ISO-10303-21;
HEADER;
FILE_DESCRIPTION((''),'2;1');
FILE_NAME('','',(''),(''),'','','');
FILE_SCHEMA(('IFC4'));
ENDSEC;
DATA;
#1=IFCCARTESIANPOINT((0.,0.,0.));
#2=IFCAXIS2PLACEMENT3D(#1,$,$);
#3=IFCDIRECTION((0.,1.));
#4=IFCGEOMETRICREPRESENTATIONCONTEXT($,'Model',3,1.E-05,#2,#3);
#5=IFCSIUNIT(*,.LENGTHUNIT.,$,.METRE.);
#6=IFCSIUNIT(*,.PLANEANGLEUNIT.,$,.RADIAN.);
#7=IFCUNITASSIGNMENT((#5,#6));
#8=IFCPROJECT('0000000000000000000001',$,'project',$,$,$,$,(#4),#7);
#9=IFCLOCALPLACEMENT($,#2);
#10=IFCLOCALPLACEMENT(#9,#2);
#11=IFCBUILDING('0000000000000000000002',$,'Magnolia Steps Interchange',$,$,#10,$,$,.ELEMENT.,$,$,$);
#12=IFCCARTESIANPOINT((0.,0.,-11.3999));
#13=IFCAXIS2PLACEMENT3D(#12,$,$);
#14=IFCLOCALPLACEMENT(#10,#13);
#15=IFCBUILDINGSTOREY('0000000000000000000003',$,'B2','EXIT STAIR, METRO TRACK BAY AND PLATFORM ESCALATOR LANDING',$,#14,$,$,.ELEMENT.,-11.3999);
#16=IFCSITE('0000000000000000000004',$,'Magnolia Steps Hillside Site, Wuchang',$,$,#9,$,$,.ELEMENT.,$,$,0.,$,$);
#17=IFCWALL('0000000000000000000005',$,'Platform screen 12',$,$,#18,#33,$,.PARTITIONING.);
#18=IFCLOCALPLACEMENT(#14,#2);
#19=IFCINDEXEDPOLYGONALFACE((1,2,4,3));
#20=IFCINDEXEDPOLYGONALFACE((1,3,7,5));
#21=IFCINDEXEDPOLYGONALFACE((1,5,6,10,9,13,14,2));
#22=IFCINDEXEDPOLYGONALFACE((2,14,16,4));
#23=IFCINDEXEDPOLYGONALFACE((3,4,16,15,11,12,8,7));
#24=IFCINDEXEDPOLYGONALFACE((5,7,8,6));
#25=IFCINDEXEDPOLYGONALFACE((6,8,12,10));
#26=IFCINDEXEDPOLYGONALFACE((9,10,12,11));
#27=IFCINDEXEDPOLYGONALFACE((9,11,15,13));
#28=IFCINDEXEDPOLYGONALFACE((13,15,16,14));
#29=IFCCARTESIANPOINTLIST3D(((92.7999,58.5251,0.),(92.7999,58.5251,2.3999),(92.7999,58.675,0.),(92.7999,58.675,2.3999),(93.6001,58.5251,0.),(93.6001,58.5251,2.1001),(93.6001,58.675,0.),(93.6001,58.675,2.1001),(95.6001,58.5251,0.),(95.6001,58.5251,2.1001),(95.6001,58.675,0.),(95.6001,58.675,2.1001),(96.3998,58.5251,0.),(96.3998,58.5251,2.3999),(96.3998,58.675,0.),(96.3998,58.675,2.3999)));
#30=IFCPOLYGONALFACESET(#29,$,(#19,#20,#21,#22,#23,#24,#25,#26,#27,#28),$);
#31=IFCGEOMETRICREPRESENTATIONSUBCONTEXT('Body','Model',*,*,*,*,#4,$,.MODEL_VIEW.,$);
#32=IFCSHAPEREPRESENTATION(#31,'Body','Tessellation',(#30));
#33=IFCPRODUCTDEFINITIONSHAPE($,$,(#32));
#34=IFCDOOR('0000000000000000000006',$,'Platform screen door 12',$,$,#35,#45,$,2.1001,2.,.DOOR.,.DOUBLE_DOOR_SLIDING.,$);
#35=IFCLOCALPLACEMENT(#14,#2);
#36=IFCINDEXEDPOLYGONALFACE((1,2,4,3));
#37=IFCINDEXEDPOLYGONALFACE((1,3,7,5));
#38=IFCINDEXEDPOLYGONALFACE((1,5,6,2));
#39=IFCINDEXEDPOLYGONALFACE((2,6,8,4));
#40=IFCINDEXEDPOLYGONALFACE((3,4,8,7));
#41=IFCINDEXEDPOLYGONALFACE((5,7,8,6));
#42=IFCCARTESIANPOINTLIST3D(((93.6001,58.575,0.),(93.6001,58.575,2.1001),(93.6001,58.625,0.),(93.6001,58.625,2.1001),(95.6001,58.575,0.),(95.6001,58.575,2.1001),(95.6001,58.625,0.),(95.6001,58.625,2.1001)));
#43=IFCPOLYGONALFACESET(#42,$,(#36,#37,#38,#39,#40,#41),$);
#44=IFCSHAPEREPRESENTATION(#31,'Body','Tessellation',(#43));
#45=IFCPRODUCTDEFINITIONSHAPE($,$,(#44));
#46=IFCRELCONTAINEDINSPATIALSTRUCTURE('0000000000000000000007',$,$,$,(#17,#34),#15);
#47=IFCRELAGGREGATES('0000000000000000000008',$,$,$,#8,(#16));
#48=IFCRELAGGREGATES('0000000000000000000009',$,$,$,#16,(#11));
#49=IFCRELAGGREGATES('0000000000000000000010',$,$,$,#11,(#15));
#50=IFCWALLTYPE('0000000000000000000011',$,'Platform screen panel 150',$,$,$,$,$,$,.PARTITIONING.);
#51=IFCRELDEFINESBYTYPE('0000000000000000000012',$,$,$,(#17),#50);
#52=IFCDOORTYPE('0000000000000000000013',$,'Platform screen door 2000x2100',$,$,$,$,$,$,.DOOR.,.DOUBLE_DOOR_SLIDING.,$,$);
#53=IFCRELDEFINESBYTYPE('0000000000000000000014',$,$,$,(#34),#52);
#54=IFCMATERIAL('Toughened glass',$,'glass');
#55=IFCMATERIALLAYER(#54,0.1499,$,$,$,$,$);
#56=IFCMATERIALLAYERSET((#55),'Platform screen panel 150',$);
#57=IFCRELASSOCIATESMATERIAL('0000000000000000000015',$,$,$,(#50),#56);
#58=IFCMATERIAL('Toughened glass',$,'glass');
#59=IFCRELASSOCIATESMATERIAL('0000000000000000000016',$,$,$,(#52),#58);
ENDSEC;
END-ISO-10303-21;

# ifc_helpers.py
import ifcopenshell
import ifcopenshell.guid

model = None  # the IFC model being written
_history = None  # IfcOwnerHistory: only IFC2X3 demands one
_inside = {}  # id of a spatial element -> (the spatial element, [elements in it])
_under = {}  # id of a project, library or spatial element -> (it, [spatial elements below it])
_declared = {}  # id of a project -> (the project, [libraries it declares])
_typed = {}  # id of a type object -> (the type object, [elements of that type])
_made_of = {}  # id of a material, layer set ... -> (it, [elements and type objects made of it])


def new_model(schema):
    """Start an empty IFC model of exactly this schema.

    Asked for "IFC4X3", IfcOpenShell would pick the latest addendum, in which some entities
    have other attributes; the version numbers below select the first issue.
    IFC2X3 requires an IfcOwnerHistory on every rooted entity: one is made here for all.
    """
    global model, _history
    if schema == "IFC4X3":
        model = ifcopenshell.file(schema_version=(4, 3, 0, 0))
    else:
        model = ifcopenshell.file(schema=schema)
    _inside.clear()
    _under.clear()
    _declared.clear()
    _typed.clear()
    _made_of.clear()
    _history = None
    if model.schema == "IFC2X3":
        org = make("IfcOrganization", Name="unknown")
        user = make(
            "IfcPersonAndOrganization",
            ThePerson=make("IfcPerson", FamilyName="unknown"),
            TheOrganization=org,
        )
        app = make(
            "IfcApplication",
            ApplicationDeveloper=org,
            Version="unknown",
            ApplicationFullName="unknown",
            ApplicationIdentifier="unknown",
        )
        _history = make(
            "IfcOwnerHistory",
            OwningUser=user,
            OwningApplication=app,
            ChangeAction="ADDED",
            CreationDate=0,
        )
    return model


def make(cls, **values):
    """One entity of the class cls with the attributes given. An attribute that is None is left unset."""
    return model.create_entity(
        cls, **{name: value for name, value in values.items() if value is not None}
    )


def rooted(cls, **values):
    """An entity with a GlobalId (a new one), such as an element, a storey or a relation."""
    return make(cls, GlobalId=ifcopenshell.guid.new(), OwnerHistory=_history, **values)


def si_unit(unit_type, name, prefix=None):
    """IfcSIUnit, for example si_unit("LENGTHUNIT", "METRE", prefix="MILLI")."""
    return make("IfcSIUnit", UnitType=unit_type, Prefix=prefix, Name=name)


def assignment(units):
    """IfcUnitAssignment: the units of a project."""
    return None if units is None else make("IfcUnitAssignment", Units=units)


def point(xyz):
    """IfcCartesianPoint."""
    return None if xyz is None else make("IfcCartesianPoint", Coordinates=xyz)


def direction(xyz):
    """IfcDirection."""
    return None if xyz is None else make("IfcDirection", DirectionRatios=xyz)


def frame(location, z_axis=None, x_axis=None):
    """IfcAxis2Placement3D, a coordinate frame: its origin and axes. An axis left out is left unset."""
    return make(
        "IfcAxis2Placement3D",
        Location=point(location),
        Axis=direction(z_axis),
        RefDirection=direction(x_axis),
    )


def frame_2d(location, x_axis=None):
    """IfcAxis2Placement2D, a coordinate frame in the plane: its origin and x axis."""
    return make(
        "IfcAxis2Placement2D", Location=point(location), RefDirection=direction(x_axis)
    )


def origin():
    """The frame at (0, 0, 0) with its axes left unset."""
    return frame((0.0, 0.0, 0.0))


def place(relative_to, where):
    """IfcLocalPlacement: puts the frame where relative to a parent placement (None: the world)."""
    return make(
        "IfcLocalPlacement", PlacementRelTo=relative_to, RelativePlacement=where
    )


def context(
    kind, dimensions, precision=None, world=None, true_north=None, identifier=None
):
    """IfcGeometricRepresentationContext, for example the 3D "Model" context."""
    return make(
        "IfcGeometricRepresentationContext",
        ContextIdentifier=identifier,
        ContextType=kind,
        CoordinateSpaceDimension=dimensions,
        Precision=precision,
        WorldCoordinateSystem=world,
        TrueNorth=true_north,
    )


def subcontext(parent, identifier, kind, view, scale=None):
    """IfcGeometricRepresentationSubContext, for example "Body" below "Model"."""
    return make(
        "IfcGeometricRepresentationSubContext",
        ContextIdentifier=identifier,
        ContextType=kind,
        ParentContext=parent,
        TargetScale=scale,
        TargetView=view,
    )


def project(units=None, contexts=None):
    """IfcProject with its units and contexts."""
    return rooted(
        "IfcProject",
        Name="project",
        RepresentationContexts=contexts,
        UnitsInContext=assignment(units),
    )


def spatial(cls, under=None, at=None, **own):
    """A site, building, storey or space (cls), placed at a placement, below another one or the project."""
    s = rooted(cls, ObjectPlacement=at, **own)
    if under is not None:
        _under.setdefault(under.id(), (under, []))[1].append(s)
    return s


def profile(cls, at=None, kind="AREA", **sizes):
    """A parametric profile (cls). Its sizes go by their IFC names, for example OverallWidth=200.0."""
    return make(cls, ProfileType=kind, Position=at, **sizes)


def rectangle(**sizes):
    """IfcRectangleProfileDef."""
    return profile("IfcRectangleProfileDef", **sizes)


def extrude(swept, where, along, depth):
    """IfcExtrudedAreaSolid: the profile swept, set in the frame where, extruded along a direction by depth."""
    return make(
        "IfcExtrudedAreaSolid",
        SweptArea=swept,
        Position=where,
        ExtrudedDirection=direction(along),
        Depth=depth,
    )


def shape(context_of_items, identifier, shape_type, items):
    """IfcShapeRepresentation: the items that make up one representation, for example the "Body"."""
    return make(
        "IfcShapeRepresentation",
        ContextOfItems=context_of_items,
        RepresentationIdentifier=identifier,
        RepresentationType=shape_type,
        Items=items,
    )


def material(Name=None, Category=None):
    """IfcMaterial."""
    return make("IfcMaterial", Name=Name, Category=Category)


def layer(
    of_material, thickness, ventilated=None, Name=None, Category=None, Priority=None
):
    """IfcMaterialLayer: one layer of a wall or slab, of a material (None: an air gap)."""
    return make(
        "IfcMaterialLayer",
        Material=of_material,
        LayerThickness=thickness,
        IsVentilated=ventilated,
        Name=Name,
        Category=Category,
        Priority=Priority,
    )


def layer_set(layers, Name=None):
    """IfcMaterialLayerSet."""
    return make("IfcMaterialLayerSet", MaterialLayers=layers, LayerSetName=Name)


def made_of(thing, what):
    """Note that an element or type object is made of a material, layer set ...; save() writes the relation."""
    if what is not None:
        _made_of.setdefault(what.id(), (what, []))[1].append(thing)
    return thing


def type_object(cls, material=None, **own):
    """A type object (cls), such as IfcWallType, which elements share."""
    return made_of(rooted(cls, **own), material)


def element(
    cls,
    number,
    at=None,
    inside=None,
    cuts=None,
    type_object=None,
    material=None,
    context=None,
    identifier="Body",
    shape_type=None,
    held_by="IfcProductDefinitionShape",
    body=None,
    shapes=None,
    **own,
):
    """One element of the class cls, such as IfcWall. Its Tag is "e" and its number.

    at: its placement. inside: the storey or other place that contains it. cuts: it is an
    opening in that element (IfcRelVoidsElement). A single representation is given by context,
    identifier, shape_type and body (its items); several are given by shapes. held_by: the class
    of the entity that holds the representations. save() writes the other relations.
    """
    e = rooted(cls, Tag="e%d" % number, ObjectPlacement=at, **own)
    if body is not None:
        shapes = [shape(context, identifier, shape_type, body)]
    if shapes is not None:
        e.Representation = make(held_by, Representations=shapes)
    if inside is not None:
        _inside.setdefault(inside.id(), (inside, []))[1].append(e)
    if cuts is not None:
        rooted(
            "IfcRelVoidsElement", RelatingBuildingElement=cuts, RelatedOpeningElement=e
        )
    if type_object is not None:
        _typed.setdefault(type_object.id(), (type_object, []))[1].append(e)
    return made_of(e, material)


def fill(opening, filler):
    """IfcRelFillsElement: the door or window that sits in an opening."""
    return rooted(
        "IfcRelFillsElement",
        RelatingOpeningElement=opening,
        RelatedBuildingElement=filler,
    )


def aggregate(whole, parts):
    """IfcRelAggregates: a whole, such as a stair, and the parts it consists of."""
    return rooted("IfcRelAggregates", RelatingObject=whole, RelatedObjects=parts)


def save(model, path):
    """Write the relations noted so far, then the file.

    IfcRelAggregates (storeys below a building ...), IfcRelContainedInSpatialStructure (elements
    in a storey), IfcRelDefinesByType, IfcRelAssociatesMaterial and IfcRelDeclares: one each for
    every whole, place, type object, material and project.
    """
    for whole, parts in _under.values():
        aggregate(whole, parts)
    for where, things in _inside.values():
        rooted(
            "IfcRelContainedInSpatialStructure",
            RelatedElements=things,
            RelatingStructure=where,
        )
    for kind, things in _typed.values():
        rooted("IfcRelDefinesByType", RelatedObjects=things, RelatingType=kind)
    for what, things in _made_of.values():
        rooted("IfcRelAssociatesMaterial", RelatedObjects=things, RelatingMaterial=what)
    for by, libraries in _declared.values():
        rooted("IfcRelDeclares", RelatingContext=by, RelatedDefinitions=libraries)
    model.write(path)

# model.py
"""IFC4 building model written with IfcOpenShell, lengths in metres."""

from ifc_helpers import new_model, si_unit, direction, frame, frame_2d, origin, place, context, subcontext, project, spatial, rectangle, extrude, material, layer, layer_set, type_object, element, fill, save


model = new_model("IFC4")

# Units and contexts
model_context = context("Model", 3, precision=1e-05, world=origin(), true_north=direction((0.0, 1.0)))
body_context = subcontext(model_context, "Body", "Model", "MODEL_VIEW")
ifc_project = project(units=[si_unit("LENGTHUNIT", "METRE"), si_unit("PLANEANGLEUNIT", "RADIAN")], contexts=[model_context])

# Site, building, storey
site_placement = place(None, origin())
site = spatial("IfcSite", under=ifc_project, at=site_placement, Name="Magnolia Steps Hillside Site, Wuchang", CompositionType="ELEMENT", RefElevation=0.0)
building_placement = place(site_placement, origin())
building = spatial("IfcBuilding", under=site, at=building_placement, Name="Magnolia Steps Interchange", CompositionType="ELEMENT")
storey_placement = place(building_placement, frame((0.0, 0.0, -11.3999)))
storey = spatial("IfcBuildingStorey", under=building, at=storey_placement, Name="B2", Description="EXIT STAIR, METRO TRACK BAY AND PLATFORM ESCALATOR LANDING", CompositionType="ELEMENT", Elevation=-11.3999)

# Wall, opening, door
ifc_material_1 = material(Name="Toughened glass", Category="glass")
ifc_layer = layer(ifc_material_1, 0.1499)
ifc_layer_set = layer_set([ifc_layer], Name="Platform screen panel 150")
wall_type = type_object("IfcWallType", Name="Platform screen panel 150", PredefinedType="PARTITIONING", material=ifc_layer_set)
ifc_material_2 = material(Name="Toughened glass", Category="glass")
door_type = type_object("IfcDoorType", Name="Platform screen door 2000x2100", OperationType="DOUBLE_DOOR_SLIDING", PredefinedType="DOOR", material=ifc_material_2)
wall_1_placement = place(storey_placement, frame((92.8, 58.6001, 0.0), z_axis=(0.0, 0.0, 1.0), x_axis=(1.0, 0.0, 0.0)))
wall_1 = element("IfcWall", 1, at=wall_1_placement, inside=storey, type_object=wall_type, Name="Platform screen 12", PredefinedType="PARTITIONING", context=body_context, shape_type="SweptSolid", body=[
    extrude(rectangle(XDim=3.5999, YDim=0.1499, at=frame_2d((1.7998, 0.0))), origin(), (0.0, 0.0, 1.0), 2.3999),
])
opening_1_placement = place(wall_1_placement, frame((0.8, 0.0, 0.0)))
opening_1 = element("IfcOpeningElement", 2, at=opening_1_placement, cuts=wall_1, PredefinedType="OPENING", context=body_context, shape_type="SweptSolid", body=[
    extrude(rectangle(XDim=2.0, YDim=2.1001, at=frame_2d((1.0, 1.05))), frame((0.0, 0.085, 0.0), z_axis=(0.0, -1.0, 0.0), x_axis=(1.0, 0.0, 0.0)), (0.0, 0.0, 1.0), 0.1699),
])
door_1_placement = place(opening_1_placement, origin())
door_1 = element("IfcDoor", 3, at=door_1_placement, inside=storey, type_object=door_type, Name="Platform screen door 12", OperationType="DOUBLE_DOOR_SLIDING", OverallHeight=2.1001, OverallWidth=2.0, PredefinedType="DOOR", context=body_context, shape_type="SweptSolid", body=[
    extrude(rectangle(XDim=2.0, YDim=2.1001, at=frame_2d((1.0, 1.05))), frame((0.0, 0.0249, 0.0), z_axis=(0.0, -1.0, 0.0), x_axis=(1.0, 0.0, 0.0)), (0.0, 0.0, 1.0), 0.05),
])
fill(opening_1, door_1)

save(model, "model.ifc")
